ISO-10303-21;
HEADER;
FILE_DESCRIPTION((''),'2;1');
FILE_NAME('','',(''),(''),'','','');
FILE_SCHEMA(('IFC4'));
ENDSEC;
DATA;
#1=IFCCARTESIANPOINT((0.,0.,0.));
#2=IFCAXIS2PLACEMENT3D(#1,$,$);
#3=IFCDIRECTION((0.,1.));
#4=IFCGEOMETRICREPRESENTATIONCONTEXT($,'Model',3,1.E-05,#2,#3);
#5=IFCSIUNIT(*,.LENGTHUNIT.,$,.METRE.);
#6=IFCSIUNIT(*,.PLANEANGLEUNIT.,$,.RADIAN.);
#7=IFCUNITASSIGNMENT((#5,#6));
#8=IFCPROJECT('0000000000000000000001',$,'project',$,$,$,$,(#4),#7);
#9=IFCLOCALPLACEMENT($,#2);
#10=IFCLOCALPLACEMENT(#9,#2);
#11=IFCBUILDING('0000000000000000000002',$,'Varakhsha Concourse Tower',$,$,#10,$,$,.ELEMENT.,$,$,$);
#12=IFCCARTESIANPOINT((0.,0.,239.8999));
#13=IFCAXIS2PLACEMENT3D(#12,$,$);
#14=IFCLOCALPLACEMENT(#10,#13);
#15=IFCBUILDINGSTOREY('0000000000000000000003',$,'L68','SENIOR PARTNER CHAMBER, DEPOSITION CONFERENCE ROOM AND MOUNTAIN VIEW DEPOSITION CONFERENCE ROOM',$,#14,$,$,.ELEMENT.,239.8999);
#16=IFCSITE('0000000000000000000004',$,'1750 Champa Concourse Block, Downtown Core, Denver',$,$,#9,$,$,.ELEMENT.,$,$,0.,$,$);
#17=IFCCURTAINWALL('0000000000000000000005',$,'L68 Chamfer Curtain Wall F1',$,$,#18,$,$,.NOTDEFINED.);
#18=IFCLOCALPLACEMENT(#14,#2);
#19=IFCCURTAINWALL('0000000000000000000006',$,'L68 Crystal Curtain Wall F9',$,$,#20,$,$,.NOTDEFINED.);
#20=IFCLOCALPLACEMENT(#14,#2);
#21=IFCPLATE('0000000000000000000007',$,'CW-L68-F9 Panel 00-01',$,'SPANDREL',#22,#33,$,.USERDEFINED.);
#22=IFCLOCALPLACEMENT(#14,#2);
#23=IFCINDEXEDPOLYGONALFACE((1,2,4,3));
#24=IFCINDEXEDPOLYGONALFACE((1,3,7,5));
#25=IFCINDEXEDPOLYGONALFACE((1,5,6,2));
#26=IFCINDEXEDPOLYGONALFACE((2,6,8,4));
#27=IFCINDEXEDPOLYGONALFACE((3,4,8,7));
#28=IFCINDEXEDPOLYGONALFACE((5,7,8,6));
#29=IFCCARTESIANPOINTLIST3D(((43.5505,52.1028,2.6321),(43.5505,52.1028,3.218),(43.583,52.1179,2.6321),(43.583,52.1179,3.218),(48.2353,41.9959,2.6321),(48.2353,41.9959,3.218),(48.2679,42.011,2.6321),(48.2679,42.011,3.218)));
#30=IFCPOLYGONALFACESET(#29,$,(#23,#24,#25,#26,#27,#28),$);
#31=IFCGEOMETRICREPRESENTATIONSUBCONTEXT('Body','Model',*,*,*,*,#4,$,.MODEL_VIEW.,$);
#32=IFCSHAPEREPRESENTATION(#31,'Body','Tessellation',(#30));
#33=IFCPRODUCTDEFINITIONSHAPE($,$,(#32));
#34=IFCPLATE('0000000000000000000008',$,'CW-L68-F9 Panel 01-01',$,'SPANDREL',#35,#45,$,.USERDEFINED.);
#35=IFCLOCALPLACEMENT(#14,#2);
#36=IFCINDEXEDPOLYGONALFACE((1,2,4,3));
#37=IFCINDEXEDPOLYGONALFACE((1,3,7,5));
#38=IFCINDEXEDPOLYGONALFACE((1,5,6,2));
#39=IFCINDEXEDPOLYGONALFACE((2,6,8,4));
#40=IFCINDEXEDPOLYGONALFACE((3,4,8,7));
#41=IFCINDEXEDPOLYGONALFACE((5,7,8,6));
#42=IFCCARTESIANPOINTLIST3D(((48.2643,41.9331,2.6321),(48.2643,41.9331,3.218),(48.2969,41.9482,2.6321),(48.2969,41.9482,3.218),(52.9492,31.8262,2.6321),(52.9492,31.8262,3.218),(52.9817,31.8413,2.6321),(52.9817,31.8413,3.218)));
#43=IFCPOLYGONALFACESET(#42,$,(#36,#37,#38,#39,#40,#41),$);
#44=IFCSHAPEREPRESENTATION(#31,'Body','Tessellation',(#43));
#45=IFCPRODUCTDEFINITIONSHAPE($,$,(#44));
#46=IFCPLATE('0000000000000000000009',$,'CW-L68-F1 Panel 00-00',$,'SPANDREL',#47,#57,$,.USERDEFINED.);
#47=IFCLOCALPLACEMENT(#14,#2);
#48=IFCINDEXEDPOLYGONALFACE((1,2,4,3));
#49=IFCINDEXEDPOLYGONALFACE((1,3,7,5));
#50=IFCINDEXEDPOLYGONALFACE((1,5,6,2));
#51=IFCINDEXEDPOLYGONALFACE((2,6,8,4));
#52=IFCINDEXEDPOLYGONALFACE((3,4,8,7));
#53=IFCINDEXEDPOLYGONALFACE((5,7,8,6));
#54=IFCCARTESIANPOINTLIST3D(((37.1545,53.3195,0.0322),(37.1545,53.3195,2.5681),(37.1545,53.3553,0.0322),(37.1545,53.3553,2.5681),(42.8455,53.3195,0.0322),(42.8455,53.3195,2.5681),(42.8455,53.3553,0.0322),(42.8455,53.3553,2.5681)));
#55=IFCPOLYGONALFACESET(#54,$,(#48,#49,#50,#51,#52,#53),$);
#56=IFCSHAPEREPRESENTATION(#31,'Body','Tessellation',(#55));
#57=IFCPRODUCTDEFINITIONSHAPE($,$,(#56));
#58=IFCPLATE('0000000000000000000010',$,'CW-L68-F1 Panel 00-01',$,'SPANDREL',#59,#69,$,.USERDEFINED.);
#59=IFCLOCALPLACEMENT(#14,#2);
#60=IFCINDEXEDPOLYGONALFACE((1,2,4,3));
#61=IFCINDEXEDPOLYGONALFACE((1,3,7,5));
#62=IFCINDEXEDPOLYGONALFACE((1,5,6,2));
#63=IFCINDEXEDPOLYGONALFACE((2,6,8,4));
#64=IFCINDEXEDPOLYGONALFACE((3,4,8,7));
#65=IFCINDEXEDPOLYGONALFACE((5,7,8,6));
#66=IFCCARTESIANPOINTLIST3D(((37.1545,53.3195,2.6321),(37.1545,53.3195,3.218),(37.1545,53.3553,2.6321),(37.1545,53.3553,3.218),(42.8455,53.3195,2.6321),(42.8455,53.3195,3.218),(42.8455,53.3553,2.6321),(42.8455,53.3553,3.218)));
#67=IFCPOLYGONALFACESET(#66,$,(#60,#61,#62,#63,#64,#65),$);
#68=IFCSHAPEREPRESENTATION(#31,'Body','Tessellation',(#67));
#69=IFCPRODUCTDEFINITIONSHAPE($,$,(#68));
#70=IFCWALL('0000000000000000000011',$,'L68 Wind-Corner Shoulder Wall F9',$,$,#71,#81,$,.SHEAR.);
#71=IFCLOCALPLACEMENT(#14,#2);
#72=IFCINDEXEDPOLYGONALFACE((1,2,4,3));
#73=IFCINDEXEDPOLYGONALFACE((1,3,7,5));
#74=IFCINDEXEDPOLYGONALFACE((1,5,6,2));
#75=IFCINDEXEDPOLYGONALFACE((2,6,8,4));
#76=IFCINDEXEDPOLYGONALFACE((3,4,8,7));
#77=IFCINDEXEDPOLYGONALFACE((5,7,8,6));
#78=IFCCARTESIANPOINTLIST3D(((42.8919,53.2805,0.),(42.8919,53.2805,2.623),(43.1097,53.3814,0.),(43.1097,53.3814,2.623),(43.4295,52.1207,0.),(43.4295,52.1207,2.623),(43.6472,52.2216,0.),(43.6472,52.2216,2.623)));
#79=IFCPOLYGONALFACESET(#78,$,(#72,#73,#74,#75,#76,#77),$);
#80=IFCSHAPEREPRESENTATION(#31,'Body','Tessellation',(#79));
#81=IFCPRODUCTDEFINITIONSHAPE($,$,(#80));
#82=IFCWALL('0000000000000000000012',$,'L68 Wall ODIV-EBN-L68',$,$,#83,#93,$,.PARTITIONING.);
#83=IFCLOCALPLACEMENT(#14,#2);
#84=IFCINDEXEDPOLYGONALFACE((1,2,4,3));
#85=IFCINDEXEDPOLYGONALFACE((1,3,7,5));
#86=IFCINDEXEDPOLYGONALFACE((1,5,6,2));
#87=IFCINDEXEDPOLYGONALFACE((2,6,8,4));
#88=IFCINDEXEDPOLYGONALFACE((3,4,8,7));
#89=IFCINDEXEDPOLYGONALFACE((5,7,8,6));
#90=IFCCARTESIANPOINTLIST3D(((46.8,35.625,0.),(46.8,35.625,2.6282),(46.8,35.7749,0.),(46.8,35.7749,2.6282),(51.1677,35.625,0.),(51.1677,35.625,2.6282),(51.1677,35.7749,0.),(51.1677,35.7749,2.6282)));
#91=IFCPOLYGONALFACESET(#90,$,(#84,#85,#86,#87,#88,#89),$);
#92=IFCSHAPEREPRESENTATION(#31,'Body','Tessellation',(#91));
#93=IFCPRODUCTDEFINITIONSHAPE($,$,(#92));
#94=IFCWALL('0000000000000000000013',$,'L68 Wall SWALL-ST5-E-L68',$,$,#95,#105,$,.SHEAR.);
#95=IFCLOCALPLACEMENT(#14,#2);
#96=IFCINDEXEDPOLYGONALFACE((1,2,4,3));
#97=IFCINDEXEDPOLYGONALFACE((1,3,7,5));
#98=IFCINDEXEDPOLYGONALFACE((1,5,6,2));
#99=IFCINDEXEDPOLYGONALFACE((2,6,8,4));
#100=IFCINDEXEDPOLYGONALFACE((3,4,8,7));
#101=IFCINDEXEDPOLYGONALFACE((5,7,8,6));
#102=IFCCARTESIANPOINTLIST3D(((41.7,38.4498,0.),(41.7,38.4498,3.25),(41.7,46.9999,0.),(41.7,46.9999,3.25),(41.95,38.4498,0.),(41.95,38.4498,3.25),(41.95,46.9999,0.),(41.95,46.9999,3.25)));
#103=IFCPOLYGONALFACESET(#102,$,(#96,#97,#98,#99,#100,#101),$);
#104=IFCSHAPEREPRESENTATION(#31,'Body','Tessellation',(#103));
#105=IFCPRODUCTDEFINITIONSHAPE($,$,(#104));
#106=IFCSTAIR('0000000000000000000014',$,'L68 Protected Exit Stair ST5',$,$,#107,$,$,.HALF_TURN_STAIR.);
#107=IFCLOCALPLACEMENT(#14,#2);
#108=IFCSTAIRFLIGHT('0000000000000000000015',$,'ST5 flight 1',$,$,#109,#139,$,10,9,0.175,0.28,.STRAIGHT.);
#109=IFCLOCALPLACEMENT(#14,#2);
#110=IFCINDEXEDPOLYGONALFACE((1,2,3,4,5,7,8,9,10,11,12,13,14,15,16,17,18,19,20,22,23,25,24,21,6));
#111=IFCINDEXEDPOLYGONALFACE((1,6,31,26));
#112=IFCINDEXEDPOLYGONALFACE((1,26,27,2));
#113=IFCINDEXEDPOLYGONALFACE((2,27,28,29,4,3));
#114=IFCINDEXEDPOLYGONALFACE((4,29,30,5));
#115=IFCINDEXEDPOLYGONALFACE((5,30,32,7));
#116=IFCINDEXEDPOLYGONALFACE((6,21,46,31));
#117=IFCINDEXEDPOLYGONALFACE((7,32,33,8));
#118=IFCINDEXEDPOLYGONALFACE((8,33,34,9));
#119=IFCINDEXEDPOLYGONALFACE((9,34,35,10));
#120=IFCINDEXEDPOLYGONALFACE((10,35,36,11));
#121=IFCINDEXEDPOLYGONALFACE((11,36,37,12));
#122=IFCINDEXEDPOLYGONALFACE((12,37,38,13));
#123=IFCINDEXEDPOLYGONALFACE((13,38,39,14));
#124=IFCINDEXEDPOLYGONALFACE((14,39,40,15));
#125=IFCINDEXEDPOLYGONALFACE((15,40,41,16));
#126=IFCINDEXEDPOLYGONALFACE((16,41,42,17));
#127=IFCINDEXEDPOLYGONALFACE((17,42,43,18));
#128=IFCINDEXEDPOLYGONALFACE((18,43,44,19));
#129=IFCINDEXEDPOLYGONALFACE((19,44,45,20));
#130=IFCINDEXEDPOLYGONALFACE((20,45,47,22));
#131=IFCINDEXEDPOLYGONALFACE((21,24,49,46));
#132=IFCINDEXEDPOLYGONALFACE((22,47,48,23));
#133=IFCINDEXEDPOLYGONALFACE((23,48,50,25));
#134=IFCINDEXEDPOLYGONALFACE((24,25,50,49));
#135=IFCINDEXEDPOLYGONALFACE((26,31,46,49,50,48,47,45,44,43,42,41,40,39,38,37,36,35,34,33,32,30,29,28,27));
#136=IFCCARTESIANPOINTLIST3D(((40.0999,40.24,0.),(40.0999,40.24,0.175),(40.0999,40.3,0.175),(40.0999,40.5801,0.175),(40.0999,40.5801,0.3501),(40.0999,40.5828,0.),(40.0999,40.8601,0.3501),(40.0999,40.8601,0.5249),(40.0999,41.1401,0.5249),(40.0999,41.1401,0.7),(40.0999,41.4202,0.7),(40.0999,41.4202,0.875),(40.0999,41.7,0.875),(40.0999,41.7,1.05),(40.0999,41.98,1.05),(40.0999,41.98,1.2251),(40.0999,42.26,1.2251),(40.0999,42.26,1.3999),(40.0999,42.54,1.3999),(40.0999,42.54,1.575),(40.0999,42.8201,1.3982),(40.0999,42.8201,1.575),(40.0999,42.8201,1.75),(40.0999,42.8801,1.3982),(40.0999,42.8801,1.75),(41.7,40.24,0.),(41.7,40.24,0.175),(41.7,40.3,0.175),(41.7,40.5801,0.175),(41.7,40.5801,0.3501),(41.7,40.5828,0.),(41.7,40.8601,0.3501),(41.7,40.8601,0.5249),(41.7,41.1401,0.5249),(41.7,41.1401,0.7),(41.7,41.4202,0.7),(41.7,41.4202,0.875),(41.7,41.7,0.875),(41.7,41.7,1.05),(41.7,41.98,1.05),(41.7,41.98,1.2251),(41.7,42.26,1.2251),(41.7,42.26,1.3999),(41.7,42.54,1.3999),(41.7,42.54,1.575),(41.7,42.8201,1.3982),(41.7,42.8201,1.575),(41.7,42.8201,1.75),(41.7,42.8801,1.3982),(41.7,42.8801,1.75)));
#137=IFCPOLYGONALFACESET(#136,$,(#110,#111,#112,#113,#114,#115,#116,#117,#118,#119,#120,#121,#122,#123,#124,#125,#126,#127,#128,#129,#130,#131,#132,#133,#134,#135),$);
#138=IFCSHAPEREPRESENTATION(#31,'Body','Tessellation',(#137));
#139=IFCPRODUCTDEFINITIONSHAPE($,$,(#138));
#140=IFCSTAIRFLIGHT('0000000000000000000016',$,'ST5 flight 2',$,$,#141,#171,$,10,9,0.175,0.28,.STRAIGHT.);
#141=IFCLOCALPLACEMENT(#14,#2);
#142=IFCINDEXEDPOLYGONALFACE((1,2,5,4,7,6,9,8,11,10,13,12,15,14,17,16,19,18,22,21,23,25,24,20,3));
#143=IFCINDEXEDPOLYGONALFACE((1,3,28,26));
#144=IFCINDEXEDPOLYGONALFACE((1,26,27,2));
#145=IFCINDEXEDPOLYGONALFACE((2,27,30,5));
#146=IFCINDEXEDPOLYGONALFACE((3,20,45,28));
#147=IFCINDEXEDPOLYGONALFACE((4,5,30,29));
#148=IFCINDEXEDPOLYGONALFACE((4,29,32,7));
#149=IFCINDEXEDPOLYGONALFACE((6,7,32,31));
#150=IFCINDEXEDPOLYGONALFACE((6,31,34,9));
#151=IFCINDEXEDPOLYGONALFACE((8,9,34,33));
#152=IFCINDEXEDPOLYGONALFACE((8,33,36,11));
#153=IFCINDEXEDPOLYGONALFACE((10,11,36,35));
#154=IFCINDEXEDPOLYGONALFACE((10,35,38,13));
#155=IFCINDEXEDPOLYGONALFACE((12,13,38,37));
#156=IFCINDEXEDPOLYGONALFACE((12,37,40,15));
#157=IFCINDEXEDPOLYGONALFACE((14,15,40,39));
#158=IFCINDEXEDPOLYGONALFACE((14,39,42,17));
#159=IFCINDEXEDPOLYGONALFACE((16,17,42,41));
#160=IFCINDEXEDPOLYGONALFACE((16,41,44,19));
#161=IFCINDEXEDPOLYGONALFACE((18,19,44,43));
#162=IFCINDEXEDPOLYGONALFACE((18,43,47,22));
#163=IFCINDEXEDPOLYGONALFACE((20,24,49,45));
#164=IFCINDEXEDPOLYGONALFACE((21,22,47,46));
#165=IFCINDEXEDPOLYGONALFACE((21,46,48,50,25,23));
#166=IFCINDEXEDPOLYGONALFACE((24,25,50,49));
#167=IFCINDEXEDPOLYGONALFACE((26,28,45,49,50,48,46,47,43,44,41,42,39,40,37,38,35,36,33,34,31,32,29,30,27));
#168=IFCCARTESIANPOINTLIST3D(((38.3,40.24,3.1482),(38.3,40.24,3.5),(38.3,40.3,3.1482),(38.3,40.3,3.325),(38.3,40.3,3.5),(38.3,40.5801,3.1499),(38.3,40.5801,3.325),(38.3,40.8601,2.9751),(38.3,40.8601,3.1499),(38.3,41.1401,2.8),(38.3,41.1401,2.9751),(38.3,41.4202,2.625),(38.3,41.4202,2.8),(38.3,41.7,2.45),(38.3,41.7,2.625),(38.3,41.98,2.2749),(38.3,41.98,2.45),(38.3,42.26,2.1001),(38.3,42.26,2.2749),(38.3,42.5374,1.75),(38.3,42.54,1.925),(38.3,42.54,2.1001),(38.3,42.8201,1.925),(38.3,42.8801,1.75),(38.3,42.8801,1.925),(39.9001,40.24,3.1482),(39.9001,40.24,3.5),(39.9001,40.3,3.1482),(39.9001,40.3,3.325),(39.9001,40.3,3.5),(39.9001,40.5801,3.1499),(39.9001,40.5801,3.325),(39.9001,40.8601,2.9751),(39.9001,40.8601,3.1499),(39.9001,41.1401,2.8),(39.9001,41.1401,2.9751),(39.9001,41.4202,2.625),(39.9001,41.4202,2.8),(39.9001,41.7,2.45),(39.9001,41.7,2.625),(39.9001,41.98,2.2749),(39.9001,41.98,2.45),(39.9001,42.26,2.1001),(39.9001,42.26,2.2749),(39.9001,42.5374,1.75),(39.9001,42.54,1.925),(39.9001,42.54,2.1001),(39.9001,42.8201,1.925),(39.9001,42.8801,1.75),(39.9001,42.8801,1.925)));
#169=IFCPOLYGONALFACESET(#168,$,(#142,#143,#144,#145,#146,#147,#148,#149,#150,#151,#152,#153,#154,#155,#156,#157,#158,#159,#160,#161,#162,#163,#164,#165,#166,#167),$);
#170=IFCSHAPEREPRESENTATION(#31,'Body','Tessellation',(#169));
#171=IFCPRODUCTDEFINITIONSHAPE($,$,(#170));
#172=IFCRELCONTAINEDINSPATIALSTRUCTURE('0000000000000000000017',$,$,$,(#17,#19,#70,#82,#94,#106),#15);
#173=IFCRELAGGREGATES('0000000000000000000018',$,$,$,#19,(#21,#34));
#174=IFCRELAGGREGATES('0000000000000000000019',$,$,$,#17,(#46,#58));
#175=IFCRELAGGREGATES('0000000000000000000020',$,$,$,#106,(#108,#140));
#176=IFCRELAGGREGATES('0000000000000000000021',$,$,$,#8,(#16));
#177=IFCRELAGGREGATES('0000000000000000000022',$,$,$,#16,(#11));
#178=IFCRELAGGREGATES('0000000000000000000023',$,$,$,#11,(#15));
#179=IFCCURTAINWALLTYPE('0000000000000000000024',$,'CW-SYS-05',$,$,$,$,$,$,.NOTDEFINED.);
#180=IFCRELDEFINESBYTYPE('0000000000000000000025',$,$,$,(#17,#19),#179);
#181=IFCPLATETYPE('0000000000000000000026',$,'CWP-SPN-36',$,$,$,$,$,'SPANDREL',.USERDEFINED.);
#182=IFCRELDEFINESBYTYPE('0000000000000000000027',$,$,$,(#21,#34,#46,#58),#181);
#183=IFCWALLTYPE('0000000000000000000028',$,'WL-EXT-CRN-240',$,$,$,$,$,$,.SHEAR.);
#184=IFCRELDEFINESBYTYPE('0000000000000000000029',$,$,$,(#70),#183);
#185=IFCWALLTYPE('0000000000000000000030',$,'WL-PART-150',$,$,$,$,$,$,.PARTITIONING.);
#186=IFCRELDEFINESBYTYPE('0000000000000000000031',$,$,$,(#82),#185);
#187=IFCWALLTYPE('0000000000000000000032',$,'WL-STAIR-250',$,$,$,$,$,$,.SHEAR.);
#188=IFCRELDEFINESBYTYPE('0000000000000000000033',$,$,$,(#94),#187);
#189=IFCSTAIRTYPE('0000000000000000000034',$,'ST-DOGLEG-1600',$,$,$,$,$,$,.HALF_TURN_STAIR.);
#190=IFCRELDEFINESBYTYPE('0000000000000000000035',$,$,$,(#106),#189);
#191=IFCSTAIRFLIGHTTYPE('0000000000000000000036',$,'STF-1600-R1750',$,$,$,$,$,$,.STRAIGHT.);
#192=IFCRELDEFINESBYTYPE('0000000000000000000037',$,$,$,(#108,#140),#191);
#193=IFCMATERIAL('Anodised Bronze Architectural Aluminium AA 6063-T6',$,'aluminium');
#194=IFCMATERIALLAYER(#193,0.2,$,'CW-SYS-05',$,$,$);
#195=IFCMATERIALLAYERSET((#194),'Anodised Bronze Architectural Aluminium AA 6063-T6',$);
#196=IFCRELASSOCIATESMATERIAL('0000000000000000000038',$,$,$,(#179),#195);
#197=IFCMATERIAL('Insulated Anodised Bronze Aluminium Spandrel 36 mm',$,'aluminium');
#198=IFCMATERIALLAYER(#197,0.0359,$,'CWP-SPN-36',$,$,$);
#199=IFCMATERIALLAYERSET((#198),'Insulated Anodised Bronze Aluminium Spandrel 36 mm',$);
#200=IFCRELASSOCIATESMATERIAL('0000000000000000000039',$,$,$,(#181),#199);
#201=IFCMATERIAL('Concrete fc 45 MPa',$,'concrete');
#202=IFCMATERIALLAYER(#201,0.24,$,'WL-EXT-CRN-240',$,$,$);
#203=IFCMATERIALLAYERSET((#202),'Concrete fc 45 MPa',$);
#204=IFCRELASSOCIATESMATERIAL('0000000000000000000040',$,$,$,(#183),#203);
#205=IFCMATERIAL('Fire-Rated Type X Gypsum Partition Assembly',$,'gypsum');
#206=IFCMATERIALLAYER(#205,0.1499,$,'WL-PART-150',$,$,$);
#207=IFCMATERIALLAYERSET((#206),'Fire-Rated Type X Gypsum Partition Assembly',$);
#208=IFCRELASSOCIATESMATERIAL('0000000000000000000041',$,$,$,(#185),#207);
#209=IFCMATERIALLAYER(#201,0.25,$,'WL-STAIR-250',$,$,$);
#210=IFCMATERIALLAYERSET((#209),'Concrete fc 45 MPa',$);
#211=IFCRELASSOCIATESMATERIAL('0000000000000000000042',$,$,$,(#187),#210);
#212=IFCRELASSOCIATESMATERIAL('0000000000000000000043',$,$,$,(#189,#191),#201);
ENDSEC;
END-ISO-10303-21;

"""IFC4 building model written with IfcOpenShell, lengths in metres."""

from ifc_helpers import new_model, si_unit, direction, frame, frame_2d, origin, origin_2d, place, context, subcontext, project, spatial, polyline, rectangle, outline, extrude, source, transform, mapped, material, layer, layer_set, type_object, type_shapes, element, aggregate, save


model = new_model("IFC4")

# Units and contexts
model_context = context("Model", 3, precision=1e-05, world=origin(), true_north=direction((0.0, 1.0)))
body_context = subcontext(model_context, "Body", "Model", "MODEL_VIEW")
ifc_project = project(units=[si_unit("LENGTHUNIT", "METRE"), si_unit("PLANEANGLEUNIT", "RADIAN")], contexts=[model_context])

# Site, building, storey
site_placement = place(None, origin())
site = spatial("IfcSite", under=ifc_project, at=site_placement, Name="1750 Champa Concourse Block, Downtown Core, Denver", CompositionType="ELEMENT", RefElevation=0.0)
building_placement = place(site_placement, origin())
building = spatial("IfcBuilding", under=site, at=building_placement, Name="Varakhsha Concourse Tower", CompositionType="ELEMENT")
storey_placement = place(building_placement, frame((0.0, 0.0, 239.8999)))
storey = spatial("IfcBuildingStorey", under=building, at=storey_placement, Name="L68", Description="SENIOR PARTNER CHAMBER, DEPOSITION CONFERENCE ROOM AND MOUNTAIN VIEW DEPOSITION CONFERENCE ROOM", CompositionType="ELEMENT", Elevation=239.8999)

# Curtain wall
ifc_material_1 = material(Name="Anodised Bronze Architectural Aluminium AA 6063-T6", Category="aluminium")
ifc_layer_1 = layer(ifc_material_1, 0.2, Name="CW-SYS-05")
ifc_layer_set_1 = layer_set([ifc_layer_1], Name="Anodised Bronze Architectural Aluminium AA 6063-T6")
curtain_wall_type = type_object("IfcCurtainWallType", Name="CW-SYS-05", PredefinedType="NOTDEFINED", material=ifc_layer_set_1)
curtain_wall_1_placement = place(storey_placement, origin())
curtain_wall_1 = element("IfcCurtainWall", 1, at=curtain_wall_1_placement, inside=storey, type_object=curtain_wall_type, Name="L68 Chamfer Curtain Wall F1", PredefinedType="NOTDEFINED")

# Curtain wall
curtain_wall_2_placement = place(storey_placement, origin())
curtain_wall_2 = element("IfcCurtainWall", 2, at=curtain_wall_2_placement, inside=storey, type_object=curtain_wall_type, Name="L68 Crystal Curtain Wall F9", PredefinedType="NOTDEFINED")

# Plates
ifc_material_2 = material(Name="Insulated Anodised Bronze Aluminium Spandrel 36 mm", Category="aluminium")
ifc_layer_2 = layer(ifc_material_2, 0.0359, Name="CWP-SPN-36")
ifc_layer_set_2 = layer_set([ifc_layer_2], Name="Insulated Anodised Bronze Aluminium Spandrel 36 mm")
plate_type_1 = type_object("IfcPlateType", Name="CWP-SPN-36", ElementType="SPANDREL", PredefinedType="USERDEFINED", material=ifc_layer_set_2)
shared_shape_1 = source(origin(), body_context, "Body", "SweptSolid", [
    extrude(rectangle(XDim=11.1399, YDim=0.0359, at=origin_2d()), origin(), (0.0, 0.0, 1.0), 0.5859),
])
plate_1_placement = place(storey_placement, frame((45.9092, 47.0569, 2.6321), z_axis=(0.0, 0.0, 1.0), x_axis=(0.420547, -0.907271, 0.0)))
plate_1 = element("IfcPlate", 3, at=plate_1_placement, type_object=plate_type_1, Name="CW-L68-F9 Panel 00-01", ObjectType="SPANDREL", PredefinedType="USERDEFINED", context=body_context, shape_type="MappedRepresentation", body=[
    mapped(shared_shape_1, transform((0.0, 0.0, 0.0), scale=1.0)),
])
plate_2_placement = place(storey_placement, frame((50.623, 36.8872, 2.6321), z_axis=(0.0, 0.0, 1.0), x_axis=(0.420547, -0.907271, 0.0)))
plate_2 = element("IfcPlate", 4, at=plate_2_placement, type_object=plate_type_1, Name="CW-L68-F9 Panel 01-01", ObjectType="SPANDREL", PredefinedType="USERDEFINED", context=body_context, shape_type="MappedRepresentation", body=[
    mapped(shared_shape_1, transform((0.0, 0.0, 0.0), scale=1.0)),
])
aggregate(curtain_wall_2, [plate_1, plate_2])
shared_shape_2 = source(origin(), body_context, "Body", "SweptSolid", [
    extrude(rectangle(XDim=5.6909, YDim=0.0359, at=origin_2d()), origin(), (0.0, 0.0, 1.0), 2.5359),
])
plate_3_placement = place(storey_placement, frame((40.0, 53.3374, 0.0322), z_axis=(0.0, 0.0, 1.0), x_axis=(1.0, 0.0, 0.0)))
plate_3 = element("IfcPlate", 5, at=plate_3_placement, type_object=plate_type_1, Name="CW-L68-F1 Panel 00-00", ObjectType="SPANDREL", PredefinedType="USERDEFINED", context=body_context, shape_type="MappedRepresentation", body=[
    mapped(shared_shape_2, transform((0.0, 0.0, 0.0), scale=1.0)),
])
shared_shape_3 = source(origin(), body_context, "Body", "SweptSolid", [
    extrude(rectangle(XDim=5.6909, YDim=0.0359, at=origin_2d()), origin(), (0.0, 0.0, 1.0), 0.5859),
])
type_shapes(plate_type_1, [shared_shape_1, shared_shape_2, shared_shape_3])
plate_4_placement = place(storey_placement, frame((40.0, 53.3374, 2.6321), z_axis=(0.0, 0.0, 1.0), x_axis=(1.0, 0.0, 0.0)))
plate_4 = element("IfcPlate", 6, at=plate_4_placement, type_object=plate_type_1, Name="CW-L68-F1 Panel 00-01", ObjectType="SPANDREL", PredefinedType="USERDEFINED", context=body_context, shape_type="MappedRepresentation", body=[
    mapped(shared_shape_3, transform((0.0, 0.0, 0.0), scale=1.0)),
])
aggregate(curtain_wall_1, [plate_3, plate_4])

# Walls
ifc_material_3 = material(Name="Concrete fc 45 MPa", Category="concrete")
ifc_layer_3 = layer(ifc_material_3, 0.24, Name="WL-EXT-CRN-240")
ifc_layer_set_3 = layer_set([ifc_layer_3], Name="Concrete fc 45 MPa")
wall_type_1 = type_object("IfcWallType", Name="WL-EXT-CRN-240", PredefinedType="SHEAR", material=ifc_layer_set_3)
wall_1_placement = place(storey_placement, frame((43.5383, 52.1711, 0.0), z_axis=(0.0, 0.0, 1.0), x_axis=(-0.420511, 0.907288, 0.0)))
element("IfcWall", 7, at=wall_1_placement, inside=storey, type_object=wall_type_1, Name="L68 Wind-Corner Shoulder Wall F9", PredefinedType="SHEAR", context=body_context, shape_type="SweptSolid", body=[
    extrude(rectangle(XDim=1.2783, YDim=0.24, at=frame_2d((0.6392, 0.0))), origin(), (0.0, 0.0, 1.0), 2.623),
])
ifc_material_4 = material(Name="Fire-Rated Type X Gypsum Partition Assembly", Category="gypsum")
ifc_layer_4 = layer(ifc_material_4, 0.1499, Name="WL-PART-150")
ifc_layer_set_4 = layer_set([ifc_layer_4], Name="Fire-Rated Type X Gypsum Partition Assembly")
wall_type_2 = type_object("IfcWallType", Name="WL-PART-150", PredefinedType="PARTITIONING", material=ifc_layer_set_4)
wall_2_placement = place(storey_placement, frame((46.8, 35.7, 0.0), z_axis=(0.0, 0.0, 1.0), x_axis=(1.0, 0.0, 0.0)))
element("IfcWall", 8, at=wall_2_placement, inside=storey, type_object=wall_type_2, Name="L68 Wall ODIV-EBN-L68", PredefinedType="PARTITIONING", context=body_context, shape_type="SweptSolid", body=[
    extrude(rectangle(XDim=4.3677, YDim=0.1499, at=frame_2d((2.1838, 0.0))), origin(), (0.0, 0.0, 1.0), 2.6282),
])
ifc_layer_5 = layer(ifc_material_3, 0.25, Name="WL-STAIR-250")
ifc_layer_set_5 = layer_set([ifc_layer_5], Name="Concrete fc 45 MPa")
wall_type_3 = type_object("IfcWallType", Name="WL-STAIR-250", PredefinedType="SHEAR", material=ifc_layer_set_5)
wall_3_placement = place(storey_placement, frame((41.825, 38.45, 0.0), z_axis=(0.0, 0.0, 1.0), x_axis=(0.0, 1.0, 0.0)))
element("IfcWall", 9, at=wall_3_placement, inside=storey, type_object=wall_type_3, Name="L68 Wall SWALL-ST5-E-L68", PredefinedType="SHEAR", context=body_context, shape_type="SweptSolid", body=[
    extrude(rectangle(XDim=8.55, YDim=0.25, at=frame_2d((4.2749, 0.0))), origin(), (0.0, 0.0, 1.0), 3.25),
])

# Stair, stair flights
stair_type = type_object("IfcStairType", Name="ST-DOGLEG-1600", PredefinedType="HALF_TURN_STAIR", material=ifc_material_3)
stair_placement = place(storey_placement, origin())
stair = element("IfcStair", 10, at=stair_placement, inside=storey, type_object=stair_type, Name="L68 Protected Exit Stair ST5", PredefinedType="HALF_TURN_STAIR")
stair_flight_type = type_object("IfcStairFlightType", Name="STF-1600-R1750", PredefinedType="STRAIGHT", material=ifc_material_3)
stair_flight_1_placement = place(storey_placement, frame((40.8999, 40.3, 0.0), z_axis=(0.0, 0.0, 1.0), x_axis=(0.0, 1.0, 0.0)))
stair_flight_1 = element("IfcStairFlight", 11, at=stair_flight_1_placement, type_object=stair_flight_type, Name="ST5 flight 1", NumberOfRisers=10, NumberOfTreads=9, PredefinedType="STRAIGHT", RiserHeight=0.175, TreadLength=0.28, context=body_context, shape_type="SweptSolid", body=[
    extrude(outline(polyline([(-0.0601, 0.0), (-0.0601, 0.175), (0.0, 0.175), (0.28, 0.175), (0.28, 0.3501), (0.5601, 0.3501), (0.5601, 0.5249), (0.8401, 0.5249), (0.8401, 0.7), (1.1201, 0.7), (1.1201, 0.875), (1.3999, 0.875), (1.3999, 1.05), (1.6799, 1.05), (1.6799, 1.2251), (1.96, 1.2251), (1.96, 1.3999), (2.24, 1.3999), (2.24, 1.575), (2.52, 1.575), (2.52, 1.75), (2.5801, 1.75), (2.5801, 1.3982), (2.52, 1.3982), (0.2827, 0.0), (-0.0601, 0.0)])), frame((0.0, 0.8, 0.0), z_axis=(0.0, -1.0, 0.0), x_axis=(1.0, 0.0, 0.0)), (0.0, 0.0, 1.0), 1.6001),
])
stair_flight_2_placement = place(storey_placement, frame((39.1001, 42.8201, 1.75), z_axis=(0.0, 0.0, 1.0), x_axis=(0.0, -1.0, 0.0)))
stair_flight_2 = element("IfcStairFlight", 12, at=stair_flight_2_placement, type_object=stair_flight_type, Name="ST5 flight 2", NumberOfRisers=10, NumberOfTreads=9, PredefinedType="STRAIGHT", RiserHeight=0.175, TreadLength=0.28, context=body_context, shape_type="SweptSolid", body=[
    extrude(outline(polyline([(-0.0601, 0.0), (-0.0601, 0.175), (0.0, 0.175), (0.28, 0.175), (0.28, 0.3501), (0.5601, 0.3501), (0.5601, 0.5249), (0.8401, 0.5249), (0.8401, 0.7), (1.1201, 0.7), (1.1201, 0.875), (1.3999, 0.875), (1.3999, 1.05), (1.6799, 1.05), (1.6799, 1.2251), (1.96, 1.2251), (1.96, 1.3999), (2.24, 1.3999), (2.24, 1.575), (2.52, 1.575), (2.52, 1.75), (2.5801, 1.75), (2.5801, 1.3982), (2.52, 1.3982), (0.2827, 0.0), (-0.0601, 0.0)])), frame((0.0, 0.8, 0.0), z_axis=(0.0, -1.0, 0.0), x_axis=(1.0, 0.0, 0.0)), (0.0, 0.0, 1.0), 1.6001),
])
aggregate(stair, [stair_flight_1, stair_flight_2])

save(model, "model.ifc")
